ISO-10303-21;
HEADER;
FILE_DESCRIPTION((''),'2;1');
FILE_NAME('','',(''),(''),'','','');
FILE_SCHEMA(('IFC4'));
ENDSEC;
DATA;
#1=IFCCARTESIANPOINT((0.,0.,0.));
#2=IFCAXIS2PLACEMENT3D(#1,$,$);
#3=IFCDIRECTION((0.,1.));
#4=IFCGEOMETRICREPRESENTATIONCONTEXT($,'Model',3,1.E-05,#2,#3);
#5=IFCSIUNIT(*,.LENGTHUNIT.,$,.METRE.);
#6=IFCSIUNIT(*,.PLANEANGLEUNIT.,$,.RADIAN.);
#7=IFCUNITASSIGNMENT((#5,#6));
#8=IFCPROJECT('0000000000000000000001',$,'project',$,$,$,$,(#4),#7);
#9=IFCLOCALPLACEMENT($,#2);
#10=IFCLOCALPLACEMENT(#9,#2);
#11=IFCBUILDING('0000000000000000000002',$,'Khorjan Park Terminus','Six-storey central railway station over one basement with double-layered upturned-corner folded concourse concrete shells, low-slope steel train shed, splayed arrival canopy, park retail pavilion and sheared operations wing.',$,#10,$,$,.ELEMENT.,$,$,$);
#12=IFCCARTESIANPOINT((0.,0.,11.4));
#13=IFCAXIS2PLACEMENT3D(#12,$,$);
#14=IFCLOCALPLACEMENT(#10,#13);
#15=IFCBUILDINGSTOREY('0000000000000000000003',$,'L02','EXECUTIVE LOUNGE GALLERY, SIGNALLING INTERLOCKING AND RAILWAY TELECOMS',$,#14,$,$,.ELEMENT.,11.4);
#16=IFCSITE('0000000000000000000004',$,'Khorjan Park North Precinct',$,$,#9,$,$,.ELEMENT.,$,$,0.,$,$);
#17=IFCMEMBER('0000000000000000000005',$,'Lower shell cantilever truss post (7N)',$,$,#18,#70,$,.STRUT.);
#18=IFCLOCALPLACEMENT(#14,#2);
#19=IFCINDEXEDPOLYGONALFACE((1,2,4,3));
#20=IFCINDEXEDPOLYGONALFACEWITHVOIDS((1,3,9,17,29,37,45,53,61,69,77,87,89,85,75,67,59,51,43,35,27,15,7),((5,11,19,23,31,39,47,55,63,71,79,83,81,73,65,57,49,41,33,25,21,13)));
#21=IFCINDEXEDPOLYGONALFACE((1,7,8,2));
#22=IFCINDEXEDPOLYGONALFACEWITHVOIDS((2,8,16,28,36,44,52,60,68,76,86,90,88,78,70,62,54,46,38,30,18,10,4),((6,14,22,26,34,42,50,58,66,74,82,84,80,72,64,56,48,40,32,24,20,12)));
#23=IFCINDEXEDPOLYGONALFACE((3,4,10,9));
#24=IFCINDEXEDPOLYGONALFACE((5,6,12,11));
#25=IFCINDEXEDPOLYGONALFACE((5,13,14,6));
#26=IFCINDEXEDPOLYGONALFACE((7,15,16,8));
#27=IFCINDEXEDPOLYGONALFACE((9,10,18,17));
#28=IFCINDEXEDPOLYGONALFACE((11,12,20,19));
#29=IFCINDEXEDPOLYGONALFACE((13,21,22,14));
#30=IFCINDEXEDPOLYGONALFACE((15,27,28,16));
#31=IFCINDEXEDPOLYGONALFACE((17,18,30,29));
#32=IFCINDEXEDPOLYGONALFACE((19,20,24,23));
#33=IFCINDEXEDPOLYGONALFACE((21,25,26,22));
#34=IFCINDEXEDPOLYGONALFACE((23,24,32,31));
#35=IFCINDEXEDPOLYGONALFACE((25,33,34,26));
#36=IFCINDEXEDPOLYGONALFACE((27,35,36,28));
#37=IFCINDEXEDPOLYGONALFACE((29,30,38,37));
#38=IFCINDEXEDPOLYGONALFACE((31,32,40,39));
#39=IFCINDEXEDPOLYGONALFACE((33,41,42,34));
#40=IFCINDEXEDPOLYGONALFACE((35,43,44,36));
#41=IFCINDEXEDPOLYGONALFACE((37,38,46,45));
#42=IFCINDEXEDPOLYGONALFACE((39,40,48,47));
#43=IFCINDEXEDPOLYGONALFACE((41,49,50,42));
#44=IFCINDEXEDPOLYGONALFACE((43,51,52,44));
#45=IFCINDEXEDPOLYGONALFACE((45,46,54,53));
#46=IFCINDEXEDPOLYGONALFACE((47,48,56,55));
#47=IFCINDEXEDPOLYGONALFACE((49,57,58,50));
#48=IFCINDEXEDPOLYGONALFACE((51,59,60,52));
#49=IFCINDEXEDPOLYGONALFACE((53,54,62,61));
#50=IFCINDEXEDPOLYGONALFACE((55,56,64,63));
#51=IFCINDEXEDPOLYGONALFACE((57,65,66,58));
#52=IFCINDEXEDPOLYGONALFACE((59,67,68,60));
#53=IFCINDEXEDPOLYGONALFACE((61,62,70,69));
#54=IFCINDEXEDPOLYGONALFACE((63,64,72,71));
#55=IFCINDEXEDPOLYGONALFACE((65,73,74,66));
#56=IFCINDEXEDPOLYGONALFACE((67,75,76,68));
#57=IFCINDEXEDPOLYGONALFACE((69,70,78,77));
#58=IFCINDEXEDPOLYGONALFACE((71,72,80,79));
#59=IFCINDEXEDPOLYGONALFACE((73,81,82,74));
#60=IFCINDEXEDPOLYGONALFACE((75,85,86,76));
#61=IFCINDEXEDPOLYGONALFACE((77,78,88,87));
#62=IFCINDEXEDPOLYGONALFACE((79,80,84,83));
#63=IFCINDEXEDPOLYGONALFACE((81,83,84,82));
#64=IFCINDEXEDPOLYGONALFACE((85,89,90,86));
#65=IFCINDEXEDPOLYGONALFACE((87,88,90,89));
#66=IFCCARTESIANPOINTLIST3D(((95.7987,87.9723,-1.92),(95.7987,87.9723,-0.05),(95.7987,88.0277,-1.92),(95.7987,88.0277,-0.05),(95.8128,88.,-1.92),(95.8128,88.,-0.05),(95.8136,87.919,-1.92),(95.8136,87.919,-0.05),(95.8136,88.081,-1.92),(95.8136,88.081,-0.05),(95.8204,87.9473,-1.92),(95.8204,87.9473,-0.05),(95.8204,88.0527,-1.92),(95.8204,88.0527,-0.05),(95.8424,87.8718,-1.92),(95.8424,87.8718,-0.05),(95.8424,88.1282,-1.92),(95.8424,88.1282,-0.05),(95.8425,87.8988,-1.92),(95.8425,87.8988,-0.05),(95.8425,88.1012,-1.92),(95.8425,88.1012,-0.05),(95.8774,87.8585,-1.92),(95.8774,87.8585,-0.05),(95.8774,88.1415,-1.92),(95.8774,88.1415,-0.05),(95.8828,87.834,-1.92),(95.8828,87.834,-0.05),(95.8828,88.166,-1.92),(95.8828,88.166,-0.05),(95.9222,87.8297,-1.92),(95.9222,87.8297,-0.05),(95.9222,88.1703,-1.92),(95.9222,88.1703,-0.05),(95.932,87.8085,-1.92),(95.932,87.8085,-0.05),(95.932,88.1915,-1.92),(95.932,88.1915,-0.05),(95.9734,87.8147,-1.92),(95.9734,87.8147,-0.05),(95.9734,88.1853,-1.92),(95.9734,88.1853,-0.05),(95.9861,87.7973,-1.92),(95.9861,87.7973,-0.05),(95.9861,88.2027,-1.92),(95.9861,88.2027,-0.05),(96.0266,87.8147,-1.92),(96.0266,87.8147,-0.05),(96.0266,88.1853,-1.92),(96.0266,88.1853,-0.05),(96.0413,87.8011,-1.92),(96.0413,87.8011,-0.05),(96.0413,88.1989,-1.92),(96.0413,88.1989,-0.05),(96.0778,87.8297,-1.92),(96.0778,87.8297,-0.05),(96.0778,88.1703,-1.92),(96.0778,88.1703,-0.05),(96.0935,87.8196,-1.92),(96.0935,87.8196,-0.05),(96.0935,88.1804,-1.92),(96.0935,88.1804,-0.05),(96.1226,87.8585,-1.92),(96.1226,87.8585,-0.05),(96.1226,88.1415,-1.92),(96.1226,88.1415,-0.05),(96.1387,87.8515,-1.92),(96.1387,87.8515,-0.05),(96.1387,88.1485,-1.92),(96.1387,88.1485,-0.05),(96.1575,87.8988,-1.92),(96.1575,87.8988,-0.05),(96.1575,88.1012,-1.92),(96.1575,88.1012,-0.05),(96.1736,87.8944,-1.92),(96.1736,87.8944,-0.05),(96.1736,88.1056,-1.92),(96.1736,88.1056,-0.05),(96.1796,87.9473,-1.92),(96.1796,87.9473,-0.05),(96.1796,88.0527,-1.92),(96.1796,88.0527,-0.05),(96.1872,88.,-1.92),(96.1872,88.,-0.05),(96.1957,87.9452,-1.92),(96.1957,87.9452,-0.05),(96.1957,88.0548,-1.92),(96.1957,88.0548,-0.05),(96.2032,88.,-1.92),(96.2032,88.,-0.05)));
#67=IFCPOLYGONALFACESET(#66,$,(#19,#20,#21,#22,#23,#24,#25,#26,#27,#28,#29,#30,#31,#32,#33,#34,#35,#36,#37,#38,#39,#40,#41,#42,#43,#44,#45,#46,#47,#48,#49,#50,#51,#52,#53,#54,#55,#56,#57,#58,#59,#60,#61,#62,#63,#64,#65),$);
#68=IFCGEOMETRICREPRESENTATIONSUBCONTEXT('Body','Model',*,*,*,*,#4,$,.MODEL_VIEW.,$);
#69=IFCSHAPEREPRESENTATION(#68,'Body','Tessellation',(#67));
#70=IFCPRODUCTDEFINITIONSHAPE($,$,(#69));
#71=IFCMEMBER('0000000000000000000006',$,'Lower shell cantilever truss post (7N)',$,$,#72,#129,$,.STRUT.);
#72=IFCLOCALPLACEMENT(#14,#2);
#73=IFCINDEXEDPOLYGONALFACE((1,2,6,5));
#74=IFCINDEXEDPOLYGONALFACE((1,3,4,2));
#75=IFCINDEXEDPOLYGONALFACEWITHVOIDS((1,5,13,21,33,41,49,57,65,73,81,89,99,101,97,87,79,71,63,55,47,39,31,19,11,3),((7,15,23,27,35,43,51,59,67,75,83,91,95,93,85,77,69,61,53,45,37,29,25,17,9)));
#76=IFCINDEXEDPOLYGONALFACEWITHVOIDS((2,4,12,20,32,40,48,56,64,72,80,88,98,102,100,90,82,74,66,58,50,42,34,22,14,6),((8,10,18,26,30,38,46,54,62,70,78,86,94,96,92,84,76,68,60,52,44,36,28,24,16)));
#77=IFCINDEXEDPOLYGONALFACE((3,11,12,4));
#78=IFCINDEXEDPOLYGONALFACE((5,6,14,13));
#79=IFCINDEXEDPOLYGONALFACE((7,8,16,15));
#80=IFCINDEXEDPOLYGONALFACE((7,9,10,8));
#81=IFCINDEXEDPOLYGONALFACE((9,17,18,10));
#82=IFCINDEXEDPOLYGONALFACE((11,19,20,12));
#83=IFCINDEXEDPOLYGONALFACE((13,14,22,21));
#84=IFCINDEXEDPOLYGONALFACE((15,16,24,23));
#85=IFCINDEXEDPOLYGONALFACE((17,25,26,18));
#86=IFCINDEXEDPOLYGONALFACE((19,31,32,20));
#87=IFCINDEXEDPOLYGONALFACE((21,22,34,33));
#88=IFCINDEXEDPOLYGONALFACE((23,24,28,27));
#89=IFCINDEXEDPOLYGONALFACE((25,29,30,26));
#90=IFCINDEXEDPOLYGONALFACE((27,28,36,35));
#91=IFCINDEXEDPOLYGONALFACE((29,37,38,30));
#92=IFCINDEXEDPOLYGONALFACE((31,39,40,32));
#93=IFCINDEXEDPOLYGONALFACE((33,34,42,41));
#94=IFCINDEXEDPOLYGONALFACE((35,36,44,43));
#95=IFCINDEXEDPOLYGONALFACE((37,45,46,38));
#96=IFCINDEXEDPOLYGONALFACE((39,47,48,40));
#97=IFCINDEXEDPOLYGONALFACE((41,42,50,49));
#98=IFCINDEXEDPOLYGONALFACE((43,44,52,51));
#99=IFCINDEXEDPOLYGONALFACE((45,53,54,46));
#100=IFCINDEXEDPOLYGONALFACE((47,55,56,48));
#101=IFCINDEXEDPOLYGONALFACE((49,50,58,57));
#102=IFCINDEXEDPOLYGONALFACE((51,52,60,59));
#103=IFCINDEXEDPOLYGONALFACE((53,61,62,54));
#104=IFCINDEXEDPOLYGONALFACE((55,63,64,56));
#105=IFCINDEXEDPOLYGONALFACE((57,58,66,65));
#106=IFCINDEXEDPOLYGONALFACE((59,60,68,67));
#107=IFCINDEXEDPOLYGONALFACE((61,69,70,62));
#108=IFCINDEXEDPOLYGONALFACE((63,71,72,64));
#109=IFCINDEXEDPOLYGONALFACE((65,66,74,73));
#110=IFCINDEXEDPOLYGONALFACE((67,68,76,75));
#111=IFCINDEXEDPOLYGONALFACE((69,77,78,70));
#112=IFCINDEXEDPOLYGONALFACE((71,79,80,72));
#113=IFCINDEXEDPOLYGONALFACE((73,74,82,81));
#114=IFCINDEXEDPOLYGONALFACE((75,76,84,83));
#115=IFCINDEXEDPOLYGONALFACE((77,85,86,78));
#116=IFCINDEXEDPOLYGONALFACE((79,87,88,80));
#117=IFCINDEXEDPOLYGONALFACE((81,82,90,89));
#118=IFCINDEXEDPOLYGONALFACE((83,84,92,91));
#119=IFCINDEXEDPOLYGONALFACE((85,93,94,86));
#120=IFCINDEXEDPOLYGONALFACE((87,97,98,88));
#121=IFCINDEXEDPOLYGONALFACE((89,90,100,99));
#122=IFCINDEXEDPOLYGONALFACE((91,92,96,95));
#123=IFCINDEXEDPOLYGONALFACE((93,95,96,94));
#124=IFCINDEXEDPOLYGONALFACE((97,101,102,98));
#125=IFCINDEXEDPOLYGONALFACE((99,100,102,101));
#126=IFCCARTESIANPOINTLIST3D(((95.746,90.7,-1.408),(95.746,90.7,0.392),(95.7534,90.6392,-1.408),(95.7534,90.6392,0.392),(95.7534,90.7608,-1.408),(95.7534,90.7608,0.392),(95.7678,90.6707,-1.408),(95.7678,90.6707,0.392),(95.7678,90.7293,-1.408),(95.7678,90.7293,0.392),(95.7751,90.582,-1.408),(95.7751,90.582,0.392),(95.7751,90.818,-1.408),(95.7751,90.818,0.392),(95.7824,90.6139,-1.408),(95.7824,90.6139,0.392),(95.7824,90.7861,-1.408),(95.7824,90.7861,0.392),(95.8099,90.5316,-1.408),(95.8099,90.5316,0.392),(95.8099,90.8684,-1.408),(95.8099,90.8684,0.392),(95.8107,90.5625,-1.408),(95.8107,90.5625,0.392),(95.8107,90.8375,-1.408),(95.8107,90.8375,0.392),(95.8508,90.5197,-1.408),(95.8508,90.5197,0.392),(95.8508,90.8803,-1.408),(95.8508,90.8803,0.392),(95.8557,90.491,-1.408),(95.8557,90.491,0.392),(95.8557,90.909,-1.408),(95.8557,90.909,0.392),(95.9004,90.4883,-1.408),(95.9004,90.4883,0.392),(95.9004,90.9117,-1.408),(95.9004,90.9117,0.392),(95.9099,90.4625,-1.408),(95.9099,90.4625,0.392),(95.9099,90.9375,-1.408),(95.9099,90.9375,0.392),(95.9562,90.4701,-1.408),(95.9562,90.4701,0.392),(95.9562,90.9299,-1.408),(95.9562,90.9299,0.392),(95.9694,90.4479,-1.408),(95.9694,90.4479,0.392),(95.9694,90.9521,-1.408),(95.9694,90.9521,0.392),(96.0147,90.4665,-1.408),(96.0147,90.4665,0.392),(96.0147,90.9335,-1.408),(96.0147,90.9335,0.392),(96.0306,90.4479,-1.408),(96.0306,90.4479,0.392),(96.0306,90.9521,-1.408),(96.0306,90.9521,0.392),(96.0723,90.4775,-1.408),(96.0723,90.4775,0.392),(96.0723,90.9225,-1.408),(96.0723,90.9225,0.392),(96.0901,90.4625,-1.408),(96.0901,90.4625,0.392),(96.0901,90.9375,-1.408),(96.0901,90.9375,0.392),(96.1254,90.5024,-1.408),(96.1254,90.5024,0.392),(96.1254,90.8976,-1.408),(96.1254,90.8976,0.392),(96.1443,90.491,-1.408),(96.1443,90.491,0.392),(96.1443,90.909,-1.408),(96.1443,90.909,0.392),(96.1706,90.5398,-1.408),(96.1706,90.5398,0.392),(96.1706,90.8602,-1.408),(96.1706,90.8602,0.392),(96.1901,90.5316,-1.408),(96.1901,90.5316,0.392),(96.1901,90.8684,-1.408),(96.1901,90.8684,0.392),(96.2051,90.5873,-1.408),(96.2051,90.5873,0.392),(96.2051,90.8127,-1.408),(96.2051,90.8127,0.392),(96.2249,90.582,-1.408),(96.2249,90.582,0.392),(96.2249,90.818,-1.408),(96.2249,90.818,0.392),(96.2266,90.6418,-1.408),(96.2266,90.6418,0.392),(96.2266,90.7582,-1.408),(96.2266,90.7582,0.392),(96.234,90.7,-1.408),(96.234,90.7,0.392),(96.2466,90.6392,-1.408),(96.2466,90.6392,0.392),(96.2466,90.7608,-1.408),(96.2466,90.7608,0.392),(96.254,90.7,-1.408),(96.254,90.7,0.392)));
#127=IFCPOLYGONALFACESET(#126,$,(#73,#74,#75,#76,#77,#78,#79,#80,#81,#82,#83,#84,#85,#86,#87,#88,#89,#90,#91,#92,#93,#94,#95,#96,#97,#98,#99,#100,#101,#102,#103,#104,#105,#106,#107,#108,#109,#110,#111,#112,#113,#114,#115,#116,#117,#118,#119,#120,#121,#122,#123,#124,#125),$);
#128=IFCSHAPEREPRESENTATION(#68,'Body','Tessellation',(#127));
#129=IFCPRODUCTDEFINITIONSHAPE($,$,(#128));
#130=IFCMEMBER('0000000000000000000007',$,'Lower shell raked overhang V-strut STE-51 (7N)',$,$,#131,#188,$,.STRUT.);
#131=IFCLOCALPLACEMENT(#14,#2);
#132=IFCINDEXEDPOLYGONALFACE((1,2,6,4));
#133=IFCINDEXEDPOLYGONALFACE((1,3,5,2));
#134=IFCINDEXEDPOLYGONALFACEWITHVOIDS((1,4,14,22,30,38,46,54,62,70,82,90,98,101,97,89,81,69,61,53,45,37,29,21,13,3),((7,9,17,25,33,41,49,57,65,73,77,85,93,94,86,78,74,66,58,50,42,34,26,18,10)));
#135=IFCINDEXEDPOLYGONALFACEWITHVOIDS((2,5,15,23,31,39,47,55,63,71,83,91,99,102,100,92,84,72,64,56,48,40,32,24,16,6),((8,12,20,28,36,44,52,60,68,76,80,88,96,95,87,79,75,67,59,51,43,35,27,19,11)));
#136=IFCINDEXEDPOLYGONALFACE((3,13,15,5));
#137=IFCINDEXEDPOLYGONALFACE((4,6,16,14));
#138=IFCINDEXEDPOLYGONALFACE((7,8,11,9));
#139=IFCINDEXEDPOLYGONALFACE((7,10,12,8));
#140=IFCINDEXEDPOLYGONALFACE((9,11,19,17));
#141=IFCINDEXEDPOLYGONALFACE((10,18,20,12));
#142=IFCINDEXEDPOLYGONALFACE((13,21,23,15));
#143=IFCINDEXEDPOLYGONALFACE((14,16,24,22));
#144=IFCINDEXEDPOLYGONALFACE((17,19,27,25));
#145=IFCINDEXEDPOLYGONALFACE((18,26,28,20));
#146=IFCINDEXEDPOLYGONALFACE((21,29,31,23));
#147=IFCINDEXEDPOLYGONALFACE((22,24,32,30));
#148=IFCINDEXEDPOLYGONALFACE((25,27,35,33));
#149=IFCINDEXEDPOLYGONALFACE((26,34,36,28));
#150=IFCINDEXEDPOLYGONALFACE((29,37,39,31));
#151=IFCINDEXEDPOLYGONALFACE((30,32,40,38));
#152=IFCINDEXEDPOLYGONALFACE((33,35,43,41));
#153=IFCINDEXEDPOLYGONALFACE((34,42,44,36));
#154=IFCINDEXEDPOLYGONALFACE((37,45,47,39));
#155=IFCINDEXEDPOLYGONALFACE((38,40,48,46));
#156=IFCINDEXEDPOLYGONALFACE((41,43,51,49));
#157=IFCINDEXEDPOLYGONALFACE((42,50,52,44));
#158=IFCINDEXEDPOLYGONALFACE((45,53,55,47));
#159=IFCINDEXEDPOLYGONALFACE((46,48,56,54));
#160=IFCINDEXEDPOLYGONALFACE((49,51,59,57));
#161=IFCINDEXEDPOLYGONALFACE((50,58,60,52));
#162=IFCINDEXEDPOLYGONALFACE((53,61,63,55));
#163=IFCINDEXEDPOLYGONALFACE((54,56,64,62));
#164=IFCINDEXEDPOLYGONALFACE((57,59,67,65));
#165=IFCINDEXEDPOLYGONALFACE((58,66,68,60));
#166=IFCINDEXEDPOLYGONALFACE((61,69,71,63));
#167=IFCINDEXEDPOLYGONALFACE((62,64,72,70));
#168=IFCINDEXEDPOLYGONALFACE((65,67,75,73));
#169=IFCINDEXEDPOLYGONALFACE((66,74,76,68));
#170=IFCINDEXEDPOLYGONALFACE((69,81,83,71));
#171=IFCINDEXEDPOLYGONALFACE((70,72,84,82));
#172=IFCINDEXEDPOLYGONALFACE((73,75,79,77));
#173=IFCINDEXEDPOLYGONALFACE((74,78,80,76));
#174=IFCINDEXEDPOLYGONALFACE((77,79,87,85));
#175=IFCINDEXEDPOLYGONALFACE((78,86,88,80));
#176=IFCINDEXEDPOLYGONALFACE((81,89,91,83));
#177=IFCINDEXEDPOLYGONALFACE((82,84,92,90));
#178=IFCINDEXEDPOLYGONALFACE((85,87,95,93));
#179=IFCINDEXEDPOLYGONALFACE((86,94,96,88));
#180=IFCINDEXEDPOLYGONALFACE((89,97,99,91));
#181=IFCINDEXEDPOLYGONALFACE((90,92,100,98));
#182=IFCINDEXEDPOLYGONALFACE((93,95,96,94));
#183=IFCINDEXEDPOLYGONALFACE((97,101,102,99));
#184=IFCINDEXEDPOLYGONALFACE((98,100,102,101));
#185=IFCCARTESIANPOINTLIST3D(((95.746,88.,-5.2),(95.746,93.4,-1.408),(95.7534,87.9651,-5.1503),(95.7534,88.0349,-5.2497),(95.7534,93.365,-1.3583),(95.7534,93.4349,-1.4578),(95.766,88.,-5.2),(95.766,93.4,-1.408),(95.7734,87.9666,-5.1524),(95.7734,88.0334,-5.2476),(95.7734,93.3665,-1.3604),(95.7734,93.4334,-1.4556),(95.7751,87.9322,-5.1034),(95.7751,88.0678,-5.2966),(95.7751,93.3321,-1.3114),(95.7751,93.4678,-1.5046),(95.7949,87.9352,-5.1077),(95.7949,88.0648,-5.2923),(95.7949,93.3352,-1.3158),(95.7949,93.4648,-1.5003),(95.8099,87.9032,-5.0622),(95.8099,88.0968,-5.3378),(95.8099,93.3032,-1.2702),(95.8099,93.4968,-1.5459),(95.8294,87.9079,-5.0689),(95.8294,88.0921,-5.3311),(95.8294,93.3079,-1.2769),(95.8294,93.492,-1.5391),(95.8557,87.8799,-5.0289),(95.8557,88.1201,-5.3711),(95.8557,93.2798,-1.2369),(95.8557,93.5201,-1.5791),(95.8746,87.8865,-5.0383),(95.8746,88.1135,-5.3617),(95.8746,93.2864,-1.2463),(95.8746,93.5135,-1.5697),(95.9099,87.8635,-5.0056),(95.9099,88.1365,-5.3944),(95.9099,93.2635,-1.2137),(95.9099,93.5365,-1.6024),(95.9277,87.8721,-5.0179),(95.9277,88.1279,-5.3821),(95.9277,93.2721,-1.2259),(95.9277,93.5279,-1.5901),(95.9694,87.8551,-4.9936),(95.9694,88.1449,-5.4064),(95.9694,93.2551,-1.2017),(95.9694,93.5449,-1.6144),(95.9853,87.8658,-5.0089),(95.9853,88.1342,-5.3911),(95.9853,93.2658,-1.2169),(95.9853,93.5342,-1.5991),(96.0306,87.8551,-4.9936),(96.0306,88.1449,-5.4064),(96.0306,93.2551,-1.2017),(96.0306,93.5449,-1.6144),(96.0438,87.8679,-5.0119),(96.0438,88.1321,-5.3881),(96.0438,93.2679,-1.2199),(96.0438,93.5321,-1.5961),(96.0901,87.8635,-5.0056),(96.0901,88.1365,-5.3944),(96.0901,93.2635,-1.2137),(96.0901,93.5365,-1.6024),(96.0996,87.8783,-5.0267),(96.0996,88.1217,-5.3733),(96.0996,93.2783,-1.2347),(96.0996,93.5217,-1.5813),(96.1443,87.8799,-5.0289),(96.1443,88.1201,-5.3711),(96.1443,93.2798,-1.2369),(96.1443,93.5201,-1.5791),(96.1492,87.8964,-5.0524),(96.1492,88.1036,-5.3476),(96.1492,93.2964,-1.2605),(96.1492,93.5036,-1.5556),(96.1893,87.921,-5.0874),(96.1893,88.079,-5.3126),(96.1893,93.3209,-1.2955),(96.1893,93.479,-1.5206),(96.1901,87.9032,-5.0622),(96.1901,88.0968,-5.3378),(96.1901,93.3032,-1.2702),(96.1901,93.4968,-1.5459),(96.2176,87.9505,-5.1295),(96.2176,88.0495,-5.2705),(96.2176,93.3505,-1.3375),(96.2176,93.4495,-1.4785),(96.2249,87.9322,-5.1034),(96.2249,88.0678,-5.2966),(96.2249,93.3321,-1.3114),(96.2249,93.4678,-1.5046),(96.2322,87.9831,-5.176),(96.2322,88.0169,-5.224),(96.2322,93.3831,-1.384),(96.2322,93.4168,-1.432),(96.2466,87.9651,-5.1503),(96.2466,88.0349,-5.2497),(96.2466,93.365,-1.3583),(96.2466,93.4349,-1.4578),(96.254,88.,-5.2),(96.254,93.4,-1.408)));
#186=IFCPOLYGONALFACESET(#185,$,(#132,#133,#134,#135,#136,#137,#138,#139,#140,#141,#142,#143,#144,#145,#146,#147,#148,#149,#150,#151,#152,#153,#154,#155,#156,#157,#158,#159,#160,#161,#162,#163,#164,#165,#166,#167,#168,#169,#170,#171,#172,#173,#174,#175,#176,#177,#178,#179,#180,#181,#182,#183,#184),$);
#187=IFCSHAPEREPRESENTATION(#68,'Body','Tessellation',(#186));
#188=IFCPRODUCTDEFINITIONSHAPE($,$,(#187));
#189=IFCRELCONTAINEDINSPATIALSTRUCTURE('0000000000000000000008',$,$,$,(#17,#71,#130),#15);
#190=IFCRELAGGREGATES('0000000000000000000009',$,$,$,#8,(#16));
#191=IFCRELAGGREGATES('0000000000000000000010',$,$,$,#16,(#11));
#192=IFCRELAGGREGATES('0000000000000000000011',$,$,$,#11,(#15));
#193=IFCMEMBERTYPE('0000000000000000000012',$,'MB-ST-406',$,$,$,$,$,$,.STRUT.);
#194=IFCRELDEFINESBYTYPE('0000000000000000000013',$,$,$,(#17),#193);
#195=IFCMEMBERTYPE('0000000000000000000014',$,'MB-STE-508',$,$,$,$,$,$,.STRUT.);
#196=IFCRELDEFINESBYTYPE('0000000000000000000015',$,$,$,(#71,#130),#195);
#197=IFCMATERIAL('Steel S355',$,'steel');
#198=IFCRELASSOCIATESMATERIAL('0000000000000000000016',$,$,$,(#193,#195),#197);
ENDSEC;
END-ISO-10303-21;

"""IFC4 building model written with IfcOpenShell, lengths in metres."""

from ifc_helpers import new_model, si_unit, direction, frame, origin, origin_2d, place, context, subcontext, project, spatial, hollow_circle, extrude, material, material_profile, profile_set, type_object, element, save


model = new_model("IFC4")

# Units and contexts
model_context = context("Model", 3, precision=1e-05, world=origin(), true_north=direction((0.0, 1.0)))
body_context = subcontext(model_context, "Body", "Model", "MODEL_VIEW")
ifc_project = project(units=[si_unit("LENGTHUNIT", "METRE"), si_unit("PLANEANGLEUNIT", "RADIAN")], contexts=[model_context])

# Site, building, storey
site_placement = place(None, origin())
site = spatial("IfcSite", under=ifc_project, at=site_placement, Name="Khorjan Park North Precinct", CompositionType="ELEMENT", RefElevation=0.0)
building_placement = place(site_placement, origin())
building = spatial("IfcBuilding", under=site, at=building_placement, Name="Khorjan Park Terminus", Description="Six-storey central railway station over one basement with double-layered upturned-corner folded concourse concrete shells, low-slope steel train shed, splayed arrival canopy, park retail pavilion and sheared operations wing.", CompositionType="ELEMENT")
storey_placement = place(building_placement, frame((0.0, 0.0, 11.4)))
storey = spatial("IfcBuildingStorey", under=building, at=storey_placement, Name="L02", Description="EXECUTIVE LOUNGE GALLERY, SIGNALLING INTERLOCKING AND RAILWAY TELECOMS", CompositionType="ELEMENT", Elevation=11.4)

# Members
ifc_material_1 = material(Name="Steel S355", Category="steel")
ifc_material_profile_1 = material_profile(ifc_material_1, hollow_circle(Radius=0.2032, WallThickness=0.016, at=origin_2d()), Name="CHS 406.4x16")
ifc_profile_set_1 = profile_set([ifc_material_profile_1], Name="Steel S355")
member_type_1 = type_object("IfcMemberType", Name="MB-ST-406", PredefinedType="STRUT", material=ifc_profile_set_1)
member_1_placement = place(storey_placement, frame((96.0, 88.0, -1.92), z_axis=(0.0, 0.0, 1.0), x_axis=(1.0, 0.0, 0.0)))
element("IfcMember", 1, at=member_1_placement, inside=storey, type_object=member_type_1, Name="Lower shell cantilever truss post (7N)", PredefinedType="STRUT", context=body_context, shape_type="SweptSolid", body=[
    extrude(hollow_circle(Radius=0.2032, WallThickness=0.016, at=origin_2d()), origin(), (0.0, 0.0, 1.0), 1.87),
])
ifc_material_profile_2 = material_profile(ifc_material_1, hollow_circle(Radius=0.254, WallThickness=0.02, at=origin_2d()), Name="CHS 508x20")
ifc_profile_set_2 = profile_set([ifc_material_profile_2], Name="Steel S355")
member_type_2 = type_object("IfcMemberType", Name="MB-STE-508", PredefinedType="STRUT", material=ifc_profile_set_2)
member_2_placement = place(storey_placement, frame((96.0, 90.7, -1.408), z_axis=(0.0, 0.0, 1.0), x_axis=(1.0, 0.0, 0.0)))
element("IfcMember", 2, at=member_2_placement, inside=storey, type_object=member_type_2, Name="Lower shell cantilever truss post (7N)", PredefinedType="STRUT", context=body_context, shape_type="SweptSolid", body=[
    extrude(hollow_circle(Radius=0.254, WallThickness=0.02, at=origin_2d()), origin(), (0.0, 0.0, 1.0), 1.8),
])
member_3_placement = place(storey_placement, frame((96.0, 88.0, -5.2), z_axis=(0.0, 0.818377, 0.574682), x_axis=(-1.0, 0.0, 0.0)))
element("IfcMember", 3, at=member_3_placement, inside=storey, type_object=member_type_2, Name="Lower shell raked overhang V-strut STE-51 (7N)", PredefinedType="STRUT", context=body_context, shape_type="SweptSolid", body=[
    extrude(hollow_circle(Radius=0.254, WallThickness=0.02, at=origin_2d()), origin(), (0.0, 0.0, 1.0), 6.5984),
])

save(model, "model.ifc")
